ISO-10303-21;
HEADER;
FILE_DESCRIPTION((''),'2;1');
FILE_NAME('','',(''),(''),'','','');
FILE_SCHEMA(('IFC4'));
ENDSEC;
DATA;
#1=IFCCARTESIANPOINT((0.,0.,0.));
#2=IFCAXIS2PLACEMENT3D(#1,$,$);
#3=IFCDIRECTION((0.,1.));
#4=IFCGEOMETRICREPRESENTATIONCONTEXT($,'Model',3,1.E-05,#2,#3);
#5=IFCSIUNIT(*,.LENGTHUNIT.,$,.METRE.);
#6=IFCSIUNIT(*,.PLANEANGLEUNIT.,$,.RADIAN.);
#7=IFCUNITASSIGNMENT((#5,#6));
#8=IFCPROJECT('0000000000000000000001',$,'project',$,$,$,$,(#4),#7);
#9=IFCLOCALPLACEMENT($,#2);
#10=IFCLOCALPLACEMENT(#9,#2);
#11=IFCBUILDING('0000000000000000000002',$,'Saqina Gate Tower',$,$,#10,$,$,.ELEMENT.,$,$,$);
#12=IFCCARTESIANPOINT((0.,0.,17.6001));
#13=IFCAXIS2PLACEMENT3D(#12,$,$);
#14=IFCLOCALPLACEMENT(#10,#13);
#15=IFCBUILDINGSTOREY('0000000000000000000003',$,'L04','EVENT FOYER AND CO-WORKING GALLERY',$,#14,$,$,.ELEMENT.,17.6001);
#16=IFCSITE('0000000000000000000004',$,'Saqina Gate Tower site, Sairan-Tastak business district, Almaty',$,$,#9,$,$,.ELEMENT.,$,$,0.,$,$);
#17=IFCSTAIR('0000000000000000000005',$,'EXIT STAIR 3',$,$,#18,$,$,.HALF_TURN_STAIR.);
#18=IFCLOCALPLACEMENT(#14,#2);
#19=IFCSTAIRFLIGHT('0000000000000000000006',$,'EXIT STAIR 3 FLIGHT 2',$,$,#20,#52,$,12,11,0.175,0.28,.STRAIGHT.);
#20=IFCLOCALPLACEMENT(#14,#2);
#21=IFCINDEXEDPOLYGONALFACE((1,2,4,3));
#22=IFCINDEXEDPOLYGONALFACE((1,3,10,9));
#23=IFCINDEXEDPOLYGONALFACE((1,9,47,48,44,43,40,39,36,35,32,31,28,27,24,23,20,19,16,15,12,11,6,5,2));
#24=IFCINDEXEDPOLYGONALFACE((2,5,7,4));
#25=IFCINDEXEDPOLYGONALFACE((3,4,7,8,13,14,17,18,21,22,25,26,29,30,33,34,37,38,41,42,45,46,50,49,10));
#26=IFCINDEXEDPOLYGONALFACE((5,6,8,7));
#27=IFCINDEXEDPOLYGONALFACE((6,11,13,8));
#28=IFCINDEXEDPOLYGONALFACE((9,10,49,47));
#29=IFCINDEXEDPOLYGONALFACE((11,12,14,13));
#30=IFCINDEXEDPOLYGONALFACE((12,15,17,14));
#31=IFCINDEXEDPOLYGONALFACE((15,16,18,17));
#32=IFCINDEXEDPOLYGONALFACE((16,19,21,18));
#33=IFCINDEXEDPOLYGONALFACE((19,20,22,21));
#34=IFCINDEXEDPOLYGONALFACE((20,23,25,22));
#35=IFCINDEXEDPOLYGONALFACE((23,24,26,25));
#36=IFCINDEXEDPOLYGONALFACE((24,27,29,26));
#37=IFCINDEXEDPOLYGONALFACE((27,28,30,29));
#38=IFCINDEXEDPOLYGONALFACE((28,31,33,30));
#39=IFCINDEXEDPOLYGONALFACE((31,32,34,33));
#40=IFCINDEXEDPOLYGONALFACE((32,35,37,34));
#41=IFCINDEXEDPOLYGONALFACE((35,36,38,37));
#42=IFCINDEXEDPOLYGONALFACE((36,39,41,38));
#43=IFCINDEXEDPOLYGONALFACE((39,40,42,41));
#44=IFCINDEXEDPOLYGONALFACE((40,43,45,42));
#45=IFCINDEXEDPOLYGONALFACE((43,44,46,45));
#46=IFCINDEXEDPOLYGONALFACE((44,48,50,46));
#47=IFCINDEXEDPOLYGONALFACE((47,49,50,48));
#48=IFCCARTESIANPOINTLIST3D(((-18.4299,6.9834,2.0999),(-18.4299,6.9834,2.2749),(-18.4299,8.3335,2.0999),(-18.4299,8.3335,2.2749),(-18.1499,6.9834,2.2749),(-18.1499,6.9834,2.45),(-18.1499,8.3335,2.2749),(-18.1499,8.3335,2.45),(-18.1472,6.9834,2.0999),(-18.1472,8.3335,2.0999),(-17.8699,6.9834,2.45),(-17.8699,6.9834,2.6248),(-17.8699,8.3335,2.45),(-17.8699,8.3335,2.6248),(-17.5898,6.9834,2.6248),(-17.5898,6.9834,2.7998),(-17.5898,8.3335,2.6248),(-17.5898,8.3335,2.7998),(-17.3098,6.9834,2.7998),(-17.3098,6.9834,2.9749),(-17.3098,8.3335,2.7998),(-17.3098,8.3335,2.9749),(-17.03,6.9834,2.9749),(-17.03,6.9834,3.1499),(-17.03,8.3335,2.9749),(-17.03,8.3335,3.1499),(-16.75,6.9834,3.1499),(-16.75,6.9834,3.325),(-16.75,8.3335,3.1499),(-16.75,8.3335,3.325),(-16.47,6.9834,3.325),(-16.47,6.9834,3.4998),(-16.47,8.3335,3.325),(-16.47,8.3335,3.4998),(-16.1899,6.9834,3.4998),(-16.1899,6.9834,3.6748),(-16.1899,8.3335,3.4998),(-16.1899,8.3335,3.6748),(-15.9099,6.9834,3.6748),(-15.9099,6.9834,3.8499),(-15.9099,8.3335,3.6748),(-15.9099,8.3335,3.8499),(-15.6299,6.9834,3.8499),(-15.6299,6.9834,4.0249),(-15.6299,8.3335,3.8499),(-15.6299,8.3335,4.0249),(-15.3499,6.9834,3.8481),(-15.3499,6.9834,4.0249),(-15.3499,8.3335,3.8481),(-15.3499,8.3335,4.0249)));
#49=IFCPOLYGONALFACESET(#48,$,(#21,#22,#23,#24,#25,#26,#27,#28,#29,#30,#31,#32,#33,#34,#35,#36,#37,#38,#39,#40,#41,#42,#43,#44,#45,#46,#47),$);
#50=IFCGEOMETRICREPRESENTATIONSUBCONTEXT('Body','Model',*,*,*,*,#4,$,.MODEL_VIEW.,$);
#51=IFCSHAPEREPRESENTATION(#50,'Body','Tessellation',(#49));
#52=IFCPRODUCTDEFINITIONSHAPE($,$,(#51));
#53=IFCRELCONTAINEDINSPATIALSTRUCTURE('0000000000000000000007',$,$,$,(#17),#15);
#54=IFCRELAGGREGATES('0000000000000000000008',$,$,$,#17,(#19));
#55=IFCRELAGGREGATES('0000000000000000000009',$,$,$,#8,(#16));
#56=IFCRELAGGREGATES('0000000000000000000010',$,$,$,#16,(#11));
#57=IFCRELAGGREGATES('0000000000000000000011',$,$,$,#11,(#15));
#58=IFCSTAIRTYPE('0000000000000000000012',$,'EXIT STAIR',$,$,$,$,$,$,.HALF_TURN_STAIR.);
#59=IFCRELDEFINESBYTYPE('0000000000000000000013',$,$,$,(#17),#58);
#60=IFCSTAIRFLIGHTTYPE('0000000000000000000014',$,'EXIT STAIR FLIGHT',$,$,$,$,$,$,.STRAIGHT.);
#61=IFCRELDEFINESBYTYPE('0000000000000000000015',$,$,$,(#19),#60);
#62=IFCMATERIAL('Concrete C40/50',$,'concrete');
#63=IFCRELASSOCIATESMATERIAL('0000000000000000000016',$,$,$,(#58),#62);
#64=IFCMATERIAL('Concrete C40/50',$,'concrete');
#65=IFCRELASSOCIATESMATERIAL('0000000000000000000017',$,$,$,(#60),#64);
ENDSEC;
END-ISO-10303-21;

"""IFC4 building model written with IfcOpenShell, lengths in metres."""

from ifc_helpers import new_model, si_unit, direction, frame, origin, place, context, subcontext, project, spatial, polyline, outline, extrude, material, type_object, element, aggregate, save


model = new_model("IFC4")

# Units and contexts
model_context = context("Model", 3, precision=1e-05, world=origin(), true_north=direction((0.0, 1.0)))
body_context = subcontext(model_context, "Body", "Model", "MODEL_VIEW")
ifc_project = project(units=[si_unit("LENGTHUNIT", "METRE"), si_unit("PLANEANGLEUNIT", "RADIAN")], contexts=[model_context])

# Site, building, storey
site_placement = place(None, origin())
site = spatial("IfcSite", under=ifc_project, at=site_placement, Name="Saqina Gate Tower site, Sairan-Tastak business district, Almaty", CompositionType="ELEMENT", RefElevation=0.0)
building_placement = place(site_placement, origin())
building = spatial("IfcBuilding", under=site, at=building_placement, Name="Saqina Gate Tower", CompositionType="ELEMENT")
storey_placement = place(building_placement, frame((0.0, 0.0, 17.6001)))
storey = spatial("IfcBuildingStorey", under=building, at=storey_placement, Name="L04", Description="EVENT FOYER AND CO-WORKING GALLERY", CompositionType="ELEMENT", Elevation=17.6001)

# Stair, stair flight
ifc_material_1 = material(Name="Concrete C40/50", Category="concrete")
stair_type = type_object("IfcStairType", Name="EXIT STAIR", PredefinedType="HALF_TURN_STAIR", material=ifc_material_1)
stair_placement = place(storey_placement, origin())
stair = element("IfcStair", 1, at=stair_placement, inside=storey, type_object=stair_type, Name="EXIT STAIR 3", PredefinedType="HALF_TURN_STAIR")
ifc_material_2 = material(Name="Concrete C40/50", Category="concrete")
stair_flight_type = type_object("IfcStairFlightType", Name="EXIT STAIR FLIGHT", PredefinedType="STRAIGHT", material=ifc_material_2)
stair_flight_1_placement = place(storey_placement, frame((-18.4299, 7.6584, 2.0999), z_axis=(0.0, 0.0, 1.0), x_axis=(1.0, 0.0, 0.0)))
stair_flight_1 = element("IfcStairFlight", 2, at=stair_flight_1_placement, type_object=stair_flight_type, Name="EXIT STAIR 3 FLIGHT 2", NumberOfRisers=12, NumberOfTreads=11, PredefinedType="STRAIGHT", RiserHeight=0.175, TreadLength=0.28, context=body_context, shape_type="SweptSolid", body=[
    extrude(outline(polyline([(0.0, 0.0), (0.0, 0.175), (0.28, 0.175), (0.28, 0.3501), (0.5601, 0.3501), (0.5601, 0.5249), (0.8401, 0.5249), (0.8401, 0.7), (1.1201, 0.7), (1.1201, 0.875), (1.3999, 0.875), (1.3999, 1.05), (1.6799, 1.05), (1.6799, 1.2251), (1.96, 1.2251), (1.96, 1.3999), (2.24, 1.3999), (2.24, 1.575), (2.52, 1.575), (2.52, 1.75), (2.8, 1.75), (2.8, 1.925), (3.0801, 1.925), (3.0801, 2.1001), (3.0801, 1.7483), (0.2827, 0.0), (0.0, 0.0)])), frame((0.0, 0.675, 0.0), z_axis=(0.0, -1.0, 0.0), x_axis=(1.0, 0.0, 0.0)), (0.0, 0.0, 1.0), 1.3501),
])
aggregate(stair, [stair_flight_1])

save(model, "model.ifc")
